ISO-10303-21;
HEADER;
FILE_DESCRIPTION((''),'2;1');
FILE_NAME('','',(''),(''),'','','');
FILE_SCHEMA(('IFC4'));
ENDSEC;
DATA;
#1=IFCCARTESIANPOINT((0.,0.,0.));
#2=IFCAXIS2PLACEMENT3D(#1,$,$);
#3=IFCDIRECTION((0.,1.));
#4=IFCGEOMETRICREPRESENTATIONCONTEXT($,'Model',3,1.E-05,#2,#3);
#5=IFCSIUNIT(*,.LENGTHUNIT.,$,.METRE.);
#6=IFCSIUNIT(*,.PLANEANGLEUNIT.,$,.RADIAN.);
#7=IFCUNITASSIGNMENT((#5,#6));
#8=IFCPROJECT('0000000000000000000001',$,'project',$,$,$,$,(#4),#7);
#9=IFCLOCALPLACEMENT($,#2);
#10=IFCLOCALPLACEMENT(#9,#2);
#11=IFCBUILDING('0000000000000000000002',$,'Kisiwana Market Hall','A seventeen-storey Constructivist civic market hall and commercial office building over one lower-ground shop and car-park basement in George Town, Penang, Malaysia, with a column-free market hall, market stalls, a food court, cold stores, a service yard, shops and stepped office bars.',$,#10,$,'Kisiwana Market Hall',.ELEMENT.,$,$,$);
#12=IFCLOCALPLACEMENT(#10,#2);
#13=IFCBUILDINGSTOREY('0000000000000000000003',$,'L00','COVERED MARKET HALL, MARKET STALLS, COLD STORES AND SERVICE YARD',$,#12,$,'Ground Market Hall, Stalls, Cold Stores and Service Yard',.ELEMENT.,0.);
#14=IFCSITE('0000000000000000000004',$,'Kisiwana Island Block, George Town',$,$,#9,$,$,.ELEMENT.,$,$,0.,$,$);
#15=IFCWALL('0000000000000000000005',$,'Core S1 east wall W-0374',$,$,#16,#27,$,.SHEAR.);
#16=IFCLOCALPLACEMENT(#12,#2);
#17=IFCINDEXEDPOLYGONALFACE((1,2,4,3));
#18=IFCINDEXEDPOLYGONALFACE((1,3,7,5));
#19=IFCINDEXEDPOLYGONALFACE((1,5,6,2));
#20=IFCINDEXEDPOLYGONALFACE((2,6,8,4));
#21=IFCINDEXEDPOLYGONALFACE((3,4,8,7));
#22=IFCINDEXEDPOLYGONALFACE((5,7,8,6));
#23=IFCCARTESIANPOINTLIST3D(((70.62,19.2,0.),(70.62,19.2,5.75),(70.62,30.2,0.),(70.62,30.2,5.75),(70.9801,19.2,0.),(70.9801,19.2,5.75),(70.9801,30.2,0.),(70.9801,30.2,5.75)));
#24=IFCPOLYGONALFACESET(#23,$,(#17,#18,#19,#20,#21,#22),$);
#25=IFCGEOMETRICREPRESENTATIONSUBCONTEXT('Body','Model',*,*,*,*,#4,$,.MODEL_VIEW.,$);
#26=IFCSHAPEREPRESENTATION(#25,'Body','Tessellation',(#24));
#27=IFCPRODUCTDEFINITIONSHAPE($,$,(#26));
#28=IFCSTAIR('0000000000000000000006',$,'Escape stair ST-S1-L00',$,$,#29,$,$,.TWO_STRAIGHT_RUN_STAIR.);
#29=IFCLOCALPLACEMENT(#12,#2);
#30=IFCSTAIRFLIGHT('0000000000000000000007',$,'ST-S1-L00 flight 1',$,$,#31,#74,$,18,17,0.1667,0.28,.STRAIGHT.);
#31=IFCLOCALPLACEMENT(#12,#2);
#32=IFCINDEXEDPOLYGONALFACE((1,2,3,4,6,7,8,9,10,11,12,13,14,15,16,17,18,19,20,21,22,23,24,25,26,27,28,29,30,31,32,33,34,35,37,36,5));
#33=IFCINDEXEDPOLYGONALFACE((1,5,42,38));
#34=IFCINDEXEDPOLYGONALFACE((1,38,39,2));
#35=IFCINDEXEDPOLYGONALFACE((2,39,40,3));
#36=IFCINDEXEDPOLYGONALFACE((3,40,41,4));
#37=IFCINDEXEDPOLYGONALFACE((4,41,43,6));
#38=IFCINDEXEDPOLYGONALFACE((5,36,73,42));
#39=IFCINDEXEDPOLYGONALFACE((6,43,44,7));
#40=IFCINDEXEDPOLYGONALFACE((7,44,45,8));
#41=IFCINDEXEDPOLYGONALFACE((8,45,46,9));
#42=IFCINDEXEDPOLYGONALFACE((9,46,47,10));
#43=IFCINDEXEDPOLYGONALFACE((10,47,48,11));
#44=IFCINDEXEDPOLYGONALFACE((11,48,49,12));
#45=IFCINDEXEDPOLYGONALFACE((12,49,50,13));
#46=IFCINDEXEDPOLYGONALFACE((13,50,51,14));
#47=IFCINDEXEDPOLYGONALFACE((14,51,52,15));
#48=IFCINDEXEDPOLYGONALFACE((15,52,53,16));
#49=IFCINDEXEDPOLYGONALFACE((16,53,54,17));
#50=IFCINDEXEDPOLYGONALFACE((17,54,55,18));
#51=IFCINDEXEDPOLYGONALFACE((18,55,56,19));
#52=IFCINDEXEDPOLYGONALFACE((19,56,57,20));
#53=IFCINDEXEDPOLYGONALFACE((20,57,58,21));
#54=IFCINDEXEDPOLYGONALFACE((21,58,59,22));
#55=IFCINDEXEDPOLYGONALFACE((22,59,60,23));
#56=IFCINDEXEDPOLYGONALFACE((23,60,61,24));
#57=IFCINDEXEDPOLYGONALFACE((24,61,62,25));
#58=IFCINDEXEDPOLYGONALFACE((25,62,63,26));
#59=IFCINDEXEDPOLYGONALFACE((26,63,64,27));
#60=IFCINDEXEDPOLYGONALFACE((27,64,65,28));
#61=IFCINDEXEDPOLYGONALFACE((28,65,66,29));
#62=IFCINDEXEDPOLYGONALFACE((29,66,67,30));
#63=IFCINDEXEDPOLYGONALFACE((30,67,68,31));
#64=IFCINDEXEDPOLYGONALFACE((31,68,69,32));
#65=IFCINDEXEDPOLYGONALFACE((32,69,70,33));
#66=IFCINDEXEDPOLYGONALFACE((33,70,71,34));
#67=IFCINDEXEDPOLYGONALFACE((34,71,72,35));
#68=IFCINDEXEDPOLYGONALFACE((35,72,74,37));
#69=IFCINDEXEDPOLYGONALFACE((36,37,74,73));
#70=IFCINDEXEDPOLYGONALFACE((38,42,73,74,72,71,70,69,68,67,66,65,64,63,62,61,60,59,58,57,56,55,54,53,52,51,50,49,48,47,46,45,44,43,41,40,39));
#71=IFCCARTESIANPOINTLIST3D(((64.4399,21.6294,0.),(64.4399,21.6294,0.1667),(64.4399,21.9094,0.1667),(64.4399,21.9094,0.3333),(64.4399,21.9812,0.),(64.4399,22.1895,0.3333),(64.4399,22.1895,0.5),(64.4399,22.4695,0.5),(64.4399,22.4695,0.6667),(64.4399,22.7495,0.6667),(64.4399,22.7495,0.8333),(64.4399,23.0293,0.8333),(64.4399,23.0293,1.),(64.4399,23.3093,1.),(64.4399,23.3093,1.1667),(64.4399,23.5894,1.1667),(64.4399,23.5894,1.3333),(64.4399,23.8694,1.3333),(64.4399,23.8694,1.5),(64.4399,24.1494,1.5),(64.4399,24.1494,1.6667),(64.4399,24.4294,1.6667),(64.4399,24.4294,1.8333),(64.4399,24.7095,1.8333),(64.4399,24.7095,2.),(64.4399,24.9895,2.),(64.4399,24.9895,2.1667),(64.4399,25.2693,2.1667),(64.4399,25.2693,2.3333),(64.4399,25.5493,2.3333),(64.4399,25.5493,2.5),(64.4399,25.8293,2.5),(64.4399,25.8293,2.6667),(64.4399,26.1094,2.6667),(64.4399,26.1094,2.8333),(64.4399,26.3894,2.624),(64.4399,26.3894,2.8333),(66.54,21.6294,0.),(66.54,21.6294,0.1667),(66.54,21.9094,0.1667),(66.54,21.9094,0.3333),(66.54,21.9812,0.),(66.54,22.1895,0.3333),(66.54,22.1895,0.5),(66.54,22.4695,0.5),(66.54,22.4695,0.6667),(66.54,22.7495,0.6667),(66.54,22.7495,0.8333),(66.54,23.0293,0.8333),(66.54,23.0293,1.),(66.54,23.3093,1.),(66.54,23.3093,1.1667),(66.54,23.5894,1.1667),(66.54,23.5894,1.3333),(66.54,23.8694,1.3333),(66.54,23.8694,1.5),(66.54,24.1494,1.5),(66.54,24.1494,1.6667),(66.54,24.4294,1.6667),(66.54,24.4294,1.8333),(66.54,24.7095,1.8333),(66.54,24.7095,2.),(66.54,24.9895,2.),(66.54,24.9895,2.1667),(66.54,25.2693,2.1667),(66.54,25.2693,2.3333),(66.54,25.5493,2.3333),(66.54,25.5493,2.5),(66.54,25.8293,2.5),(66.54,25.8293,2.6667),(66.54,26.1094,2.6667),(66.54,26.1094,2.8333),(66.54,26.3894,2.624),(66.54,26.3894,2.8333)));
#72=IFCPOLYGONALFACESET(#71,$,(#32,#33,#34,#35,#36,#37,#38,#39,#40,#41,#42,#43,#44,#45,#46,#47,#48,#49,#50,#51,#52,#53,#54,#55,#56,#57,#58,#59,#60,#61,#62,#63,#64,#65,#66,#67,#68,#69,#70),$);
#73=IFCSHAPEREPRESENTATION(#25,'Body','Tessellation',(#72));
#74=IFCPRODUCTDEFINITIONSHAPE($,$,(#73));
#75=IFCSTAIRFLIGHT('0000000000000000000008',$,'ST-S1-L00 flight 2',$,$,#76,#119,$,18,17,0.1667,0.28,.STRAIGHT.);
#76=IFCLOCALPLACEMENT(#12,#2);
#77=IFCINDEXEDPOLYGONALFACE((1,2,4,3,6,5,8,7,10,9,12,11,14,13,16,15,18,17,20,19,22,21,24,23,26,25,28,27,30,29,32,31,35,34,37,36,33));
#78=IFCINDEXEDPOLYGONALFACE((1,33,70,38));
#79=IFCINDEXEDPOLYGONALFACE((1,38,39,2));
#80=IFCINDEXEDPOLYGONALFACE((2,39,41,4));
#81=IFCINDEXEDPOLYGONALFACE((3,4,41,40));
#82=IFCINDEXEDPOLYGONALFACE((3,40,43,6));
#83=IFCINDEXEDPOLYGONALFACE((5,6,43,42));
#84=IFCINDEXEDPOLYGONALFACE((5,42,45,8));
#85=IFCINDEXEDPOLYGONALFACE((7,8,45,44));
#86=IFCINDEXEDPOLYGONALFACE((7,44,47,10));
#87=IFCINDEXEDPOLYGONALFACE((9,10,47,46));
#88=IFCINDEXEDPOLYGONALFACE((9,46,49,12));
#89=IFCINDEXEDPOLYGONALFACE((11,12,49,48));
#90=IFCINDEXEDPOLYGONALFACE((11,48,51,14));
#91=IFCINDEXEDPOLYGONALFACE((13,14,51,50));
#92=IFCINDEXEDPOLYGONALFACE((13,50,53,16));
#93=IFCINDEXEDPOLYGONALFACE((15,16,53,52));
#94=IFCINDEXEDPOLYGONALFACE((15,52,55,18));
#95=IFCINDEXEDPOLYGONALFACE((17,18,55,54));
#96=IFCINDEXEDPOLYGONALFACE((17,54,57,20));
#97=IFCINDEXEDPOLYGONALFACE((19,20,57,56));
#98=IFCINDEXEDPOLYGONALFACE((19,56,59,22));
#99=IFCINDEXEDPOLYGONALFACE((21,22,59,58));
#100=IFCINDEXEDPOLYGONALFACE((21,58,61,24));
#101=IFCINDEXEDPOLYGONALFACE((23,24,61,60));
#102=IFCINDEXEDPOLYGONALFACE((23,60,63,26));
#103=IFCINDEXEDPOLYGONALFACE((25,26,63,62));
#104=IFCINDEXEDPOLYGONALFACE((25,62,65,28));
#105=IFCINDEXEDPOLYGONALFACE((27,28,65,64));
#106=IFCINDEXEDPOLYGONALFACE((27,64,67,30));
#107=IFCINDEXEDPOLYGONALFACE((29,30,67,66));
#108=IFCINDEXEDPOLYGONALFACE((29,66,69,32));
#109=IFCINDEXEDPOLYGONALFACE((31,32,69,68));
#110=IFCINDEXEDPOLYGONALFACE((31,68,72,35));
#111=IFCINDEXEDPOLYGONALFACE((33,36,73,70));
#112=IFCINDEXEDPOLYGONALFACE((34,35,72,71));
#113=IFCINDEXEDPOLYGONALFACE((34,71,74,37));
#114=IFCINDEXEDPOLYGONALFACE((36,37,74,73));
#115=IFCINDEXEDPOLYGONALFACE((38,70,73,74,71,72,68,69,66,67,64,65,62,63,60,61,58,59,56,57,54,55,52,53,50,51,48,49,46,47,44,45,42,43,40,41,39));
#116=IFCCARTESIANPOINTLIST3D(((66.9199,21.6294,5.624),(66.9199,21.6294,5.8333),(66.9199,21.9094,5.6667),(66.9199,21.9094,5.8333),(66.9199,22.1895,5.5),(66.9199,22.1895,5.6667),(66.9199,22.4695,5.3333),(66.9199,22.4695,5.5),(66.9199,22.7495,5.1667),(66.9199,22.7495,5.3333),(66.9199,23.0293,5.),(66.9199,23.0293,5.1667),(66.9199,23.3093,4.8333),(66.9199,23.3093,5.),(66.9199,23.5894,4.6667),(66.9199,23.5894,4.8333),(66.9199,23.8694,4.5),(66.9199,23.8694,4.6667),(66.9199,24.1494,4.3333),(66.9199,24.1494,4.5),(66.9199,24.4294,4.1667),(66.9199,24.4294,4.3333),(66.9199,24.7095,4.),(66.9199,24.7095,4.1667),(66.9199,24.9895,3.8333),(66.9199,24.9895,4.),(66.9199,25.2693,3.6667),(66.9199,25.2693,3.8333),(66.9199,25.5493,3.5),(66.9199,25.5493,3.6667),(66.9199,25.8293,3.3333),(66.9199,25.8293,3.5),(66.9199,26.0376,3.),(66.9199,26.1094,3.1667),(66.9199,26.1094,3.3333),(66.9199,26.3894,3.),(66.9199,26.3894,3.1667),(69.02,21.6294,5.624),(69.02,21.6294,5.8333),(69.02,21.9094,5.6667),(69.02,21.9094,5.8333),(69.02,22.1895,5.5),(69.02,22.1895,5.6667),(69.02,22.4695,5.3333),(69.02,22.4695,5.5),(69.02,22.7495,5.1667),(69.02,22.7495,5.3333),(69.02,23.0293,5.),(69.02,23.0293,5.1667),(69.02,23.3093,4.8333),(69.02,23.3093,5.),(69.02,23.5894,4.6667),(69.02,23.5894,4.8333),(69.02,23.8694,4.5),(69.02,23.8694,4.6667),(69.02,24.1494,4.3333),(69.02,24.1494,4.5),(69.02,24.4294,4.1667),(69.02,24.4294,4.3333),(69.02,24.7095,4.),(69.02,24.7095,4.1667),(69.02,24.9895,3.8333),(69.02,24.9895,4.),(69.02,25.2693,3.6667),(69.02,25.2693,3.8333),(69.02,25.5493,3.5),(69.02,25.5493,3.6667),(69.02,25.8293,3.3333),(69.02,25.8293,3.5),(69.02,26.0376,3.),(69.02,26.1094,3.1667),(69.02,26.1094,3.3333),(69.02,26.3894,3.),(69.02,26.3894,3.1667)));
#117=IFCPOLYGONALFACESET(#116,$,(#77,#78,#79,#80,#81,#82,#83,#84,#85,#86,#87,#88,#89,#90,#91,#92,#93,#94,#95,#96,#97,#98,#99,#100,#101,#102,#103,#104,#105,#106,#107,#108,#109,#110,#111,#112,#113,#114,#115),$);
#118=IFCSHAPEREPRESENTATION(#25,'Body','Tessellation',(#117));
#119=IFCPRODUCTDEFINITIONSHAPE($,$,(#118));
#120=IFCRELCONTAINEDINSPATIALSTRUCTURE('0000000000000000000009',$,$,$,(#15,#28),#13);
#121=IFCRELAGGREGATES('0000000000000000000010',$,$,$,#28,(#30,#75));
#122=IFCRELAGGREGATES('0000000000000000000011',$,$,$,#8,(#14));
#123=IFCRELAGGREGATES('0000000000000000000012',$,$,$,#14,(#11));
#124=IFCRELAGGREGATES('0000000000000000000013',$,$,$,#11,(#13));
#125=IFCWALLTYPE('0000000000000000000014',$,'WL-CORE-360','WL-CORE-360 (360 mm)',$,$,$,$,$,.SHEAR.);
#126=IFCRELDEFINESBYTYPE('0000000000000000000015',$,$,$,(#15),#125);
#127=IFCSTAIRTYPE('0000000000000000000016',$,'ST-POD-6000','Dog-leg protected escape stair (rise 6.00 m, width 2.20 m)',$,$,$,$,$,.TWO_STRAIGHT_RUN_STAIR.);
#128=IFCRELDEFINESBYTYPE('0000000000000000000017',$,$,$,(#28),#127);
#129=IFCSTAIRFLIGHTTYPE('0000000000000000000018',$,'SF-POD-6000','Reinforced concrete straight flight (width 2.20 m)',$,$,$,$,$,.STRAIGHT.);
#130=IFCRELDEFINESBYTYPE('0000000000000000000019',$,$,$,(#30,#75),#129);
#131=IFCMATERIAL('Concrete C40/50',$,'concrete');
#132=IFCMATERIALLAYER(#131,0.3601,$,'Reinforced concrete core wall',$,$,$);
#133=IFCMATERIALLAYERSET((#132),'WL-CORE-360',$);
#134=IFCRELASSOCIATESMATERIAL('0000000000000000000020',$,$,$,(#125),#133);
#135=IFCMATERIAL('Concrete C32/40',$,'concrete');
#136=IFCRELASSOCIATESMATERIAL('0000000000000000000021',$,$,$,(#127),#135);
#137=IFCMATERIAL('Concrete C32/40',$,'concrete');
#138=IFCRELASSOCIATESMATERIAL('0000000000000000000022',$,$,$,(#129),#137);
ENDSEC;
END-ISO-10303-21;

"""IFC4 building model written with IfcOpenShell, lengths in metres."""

from ifc_helpers import new_model, si_unit, direction, frame, frame_2d, origin, place, context, subcontext, project, spatial, polyline, rectangle, outline, extrude, material, layer, layer_set, type_object, element, aggregate, save


model = new_model("IFC4")

# Units and contexts
model_context = context("Model", 3, precision=1e-05, world=origin(), true_north=direction((0.0, 1.0)))
body_context = subcontext(model_context, "Body", "Model", "MODEL_VIEW")
ifc_project = project(units=[si_unit("LENGTHUNIT", "METRE"), si_unit("PLANEANGLEUNIT", "RADIAN")], contexts=[model_context])

# Site, building, storey
site_placement = place(None, origin())
site = spatial("IfcSite", under=ifc_project, at=site_placement, Name="Kisiwana Island Block, George Town", CompositionType="ELEMENT", RefElevation=0.0)
building_placement = place(site_placement, origin())
building = spatial("IfcBuilding", under=site, at=building_placement, Name="Kisiwana Market Hall", Description="A seventeen-storey Constructivist civic market hall and commercial office building over one lower-ground shop and car-park basement in George Town, Penang, Malaysia, with a column-free market hall, market stalls, a food court, cold stores, a service yard, shops and stepped office bars.", LongName="Kisiwana Market Hall", CompositionType="ELEMENT")
storey_placement = place(building_placement, origin())
storey = spatial("IfcBuildingStorey", under=building, at=storey_placement, Name="L00", Description="COVERED MARKET HALL, MARKET STALLS, COLD STORES AND SERVICE YARD", LongName="Ground Market Hall, Stalls, Cold Stores and Service Yard", CompositionType="ELEMENT", Elevation=0.0)

# Wall
ifc_material_1 = material(Name="Concrete C40/50", Category="concrete")
ifc_layer_1 = layer(ifc_material_1, 0.3601, Name="Reinforced concrete core wall")
ifc_layer_set_1 = layer_set([ifc_layer_1], Name="WL-CORE-360")
wall_type_1 = type_object("IfcWallType", Name="WL-CORE-360", Description="WL-CORE-360 (360 mm)", PredefinedType="SHEAR", material=ifc_layer_set_1)
wall_1_placement = place(storey_placement, frame((70.8, 19.2, 0.0), z_axis=(0.0, 0.0, 1.0), x_axis=(0.0, 1.0, 0.0)))
element("IfcWall", 1, at=wall_1_placement, inside=storey, type_object=wall_type_1, Name="Core S1 east wall W-0374", PredefinedType="SHEAR", context=body_context, shape_type="SweptSolid", body=[
    extrude(rectangle(XDim=11.0, YDim=0.3601, at=frame_2d((5.5, 0.0))), origin(), (0.0, 0.0, 1.0), 5.75),
])

# Stair, stair flights
ifc_material_2 = material(Name="Concrete C32/40", Category="concrete")
stair_type = type_object("IfcStairType", Name="ST-POD-6000", Description="Dog-leg protected escape stair (rise 6.00 m, width 2.20 m)", PredefinedType="TWO_STRAIGHT_RUN_STAIR", material=ifc_material_2)
stair_placement = place(storey_placement, origin())
stair = element("IfcStair", 2, at=stair_placement, inside=storey, type_object=stair_type, Name="Escape stair ST-S1-L00", PredefinedType="TWO_STRAIGHT_RUN_STAIR")
ifc_material_3 = material(Name="Concrete C32/40", Category="concrete")
stair_flight_type = type_object("IfcStairFlightType", Name="SF-POD-6000", Description="Reinforced concrete straight flight (width 2.20 m)", PredefinedType="STRAIGHT", material=ifc_material_3)
stair_flight_1_placement = place(storey_placement, frame((65.49, 21.6294, 0.0), z_axis=(0.0, 0.0, 1.0), x_axis=(0.0, 1.0, 0.0)))
stair_flight_1 = element("IfcStairFlight", 3, at=stair_flight_1_placement, type_object=stair_flight_type, Name="ST-S1-L00 flight 1", NumberOfRisers=18, NumberOfTreads=17, PredefinedType="STRAIGHT", RiserHeight=0.1667, TreadLength=0.28, context=body_context, shape_type="SweptSolid", body=[
    extrude(outline(polyline([(0.0, 0.0), (0.0, 0.1667), (0.28, 0.1667), (0.28, 0.3333), (0.5601, 0.3333), (0.5601, 0.5), (0.8401, 0.5), (0.8401, 0.6667), (1.1201, 0.6667), (1.1201, 0.8333), (1.3999, 0.8333), (1.3999, 1.0), (1.6799, 1.0), (1.6799, 1.1667), (1.96, 1.1667), (1.96, 1.3333), (2.24, 1.3333), (2.24, 1.5), (2.52, 1.5), (2.52, 1.6667), (2.8, 1.6667), (2.8, 1.8333), (3.0801, 1.8333), (3.0801, 2.0), (3.3601, 2.0), (3.3601, 2.1667), (3.6399, 2.1667), (3.6399, 2.3333), (3.9199, 2.3333), (3.9199, 2.5), (4.2, 2.5), (4.2, 2.6667), (4.48, 2.6667), (4.48, 2.8333), (4.76, 2.8333), (4.76, 3.0), (4.76, 2.624), (0.3518, 0.0), (0.0, 0.0)])), frame((0.0, 1.05, 0.0), z_axis=(0.0, -1.0, 0.0), x_axis=(1.0, 0.0, 0.0)), (0.0, 0.0, 1.0), 2.1001),
])
stair_flight_2_placement = place(storey_placement, frame((67.97, 26.3894, 3.0), z_axis=(0.0, 0.0, 1.0), x_axis=(0.0, -1.0, 0.0)))
stair_flight_2 = element("IfcStairFlight", 4, at=stair_flight_2_placement, type_object=stair_flight_type, Name="ST-S1-L00 flight 2", NumberOfRisers=18, NumberOfTreads=17, PredefinedType="STRAIGHT", RiserHeight=0.1667, TreadLength=0.28, context=body_context, shape_type="SweptSolid", body=[
    extrude(outline(polyline([(0.0, 0.0), (0.0, 0.1667), (0.28, 0.1667), (0.28, 0.3333), (0.5601, 0.3333), (0.5601, 0.5), (0.8401, 0.5), (0.8401, 0.6667), (1.1201, 0.6667), (1.1201, 0.8333), (1.3999, 0.8333), (1.3999, 1.0), (1.6799, 1.0), (1.6799, 1.1667), (1.96, 1.1667), (1.96, 1.3333), (2.24, 1.3333), (2.24, 1.5), (2.52, 1.5), (2.52, 1.6667), (2.8, 1.6667), (2.8, 1.8333), (3.0801, 1.8333), (3.0801, 2.0), (3.3601, 2.0), (3.3601, 2.1667), (3.6399, 2.1667), (3.6399, 2.3333), (3.9199, 2.3333), (3.9199, 2.5), (4.2, 2.5), (4.2, 2.6667), (4.48, 2.6667), (4.48, 2.8333), (4.76, 2.8333), (4.76, 3.0), (4.76, 2.624), (0.3518, 0.0), (0.0, 0.0)])), frame((0.0, 1.05, 0.0), z_axis=(0.0, -1.0, 0.0), x_axis=(1.0, 0.0, 0.0)), (0.0, 0.0, 1.0), 2.1001),
])
aggregate(stair, [stair_flight_1, stair_flight_2])

save(model, "model.ifc")
